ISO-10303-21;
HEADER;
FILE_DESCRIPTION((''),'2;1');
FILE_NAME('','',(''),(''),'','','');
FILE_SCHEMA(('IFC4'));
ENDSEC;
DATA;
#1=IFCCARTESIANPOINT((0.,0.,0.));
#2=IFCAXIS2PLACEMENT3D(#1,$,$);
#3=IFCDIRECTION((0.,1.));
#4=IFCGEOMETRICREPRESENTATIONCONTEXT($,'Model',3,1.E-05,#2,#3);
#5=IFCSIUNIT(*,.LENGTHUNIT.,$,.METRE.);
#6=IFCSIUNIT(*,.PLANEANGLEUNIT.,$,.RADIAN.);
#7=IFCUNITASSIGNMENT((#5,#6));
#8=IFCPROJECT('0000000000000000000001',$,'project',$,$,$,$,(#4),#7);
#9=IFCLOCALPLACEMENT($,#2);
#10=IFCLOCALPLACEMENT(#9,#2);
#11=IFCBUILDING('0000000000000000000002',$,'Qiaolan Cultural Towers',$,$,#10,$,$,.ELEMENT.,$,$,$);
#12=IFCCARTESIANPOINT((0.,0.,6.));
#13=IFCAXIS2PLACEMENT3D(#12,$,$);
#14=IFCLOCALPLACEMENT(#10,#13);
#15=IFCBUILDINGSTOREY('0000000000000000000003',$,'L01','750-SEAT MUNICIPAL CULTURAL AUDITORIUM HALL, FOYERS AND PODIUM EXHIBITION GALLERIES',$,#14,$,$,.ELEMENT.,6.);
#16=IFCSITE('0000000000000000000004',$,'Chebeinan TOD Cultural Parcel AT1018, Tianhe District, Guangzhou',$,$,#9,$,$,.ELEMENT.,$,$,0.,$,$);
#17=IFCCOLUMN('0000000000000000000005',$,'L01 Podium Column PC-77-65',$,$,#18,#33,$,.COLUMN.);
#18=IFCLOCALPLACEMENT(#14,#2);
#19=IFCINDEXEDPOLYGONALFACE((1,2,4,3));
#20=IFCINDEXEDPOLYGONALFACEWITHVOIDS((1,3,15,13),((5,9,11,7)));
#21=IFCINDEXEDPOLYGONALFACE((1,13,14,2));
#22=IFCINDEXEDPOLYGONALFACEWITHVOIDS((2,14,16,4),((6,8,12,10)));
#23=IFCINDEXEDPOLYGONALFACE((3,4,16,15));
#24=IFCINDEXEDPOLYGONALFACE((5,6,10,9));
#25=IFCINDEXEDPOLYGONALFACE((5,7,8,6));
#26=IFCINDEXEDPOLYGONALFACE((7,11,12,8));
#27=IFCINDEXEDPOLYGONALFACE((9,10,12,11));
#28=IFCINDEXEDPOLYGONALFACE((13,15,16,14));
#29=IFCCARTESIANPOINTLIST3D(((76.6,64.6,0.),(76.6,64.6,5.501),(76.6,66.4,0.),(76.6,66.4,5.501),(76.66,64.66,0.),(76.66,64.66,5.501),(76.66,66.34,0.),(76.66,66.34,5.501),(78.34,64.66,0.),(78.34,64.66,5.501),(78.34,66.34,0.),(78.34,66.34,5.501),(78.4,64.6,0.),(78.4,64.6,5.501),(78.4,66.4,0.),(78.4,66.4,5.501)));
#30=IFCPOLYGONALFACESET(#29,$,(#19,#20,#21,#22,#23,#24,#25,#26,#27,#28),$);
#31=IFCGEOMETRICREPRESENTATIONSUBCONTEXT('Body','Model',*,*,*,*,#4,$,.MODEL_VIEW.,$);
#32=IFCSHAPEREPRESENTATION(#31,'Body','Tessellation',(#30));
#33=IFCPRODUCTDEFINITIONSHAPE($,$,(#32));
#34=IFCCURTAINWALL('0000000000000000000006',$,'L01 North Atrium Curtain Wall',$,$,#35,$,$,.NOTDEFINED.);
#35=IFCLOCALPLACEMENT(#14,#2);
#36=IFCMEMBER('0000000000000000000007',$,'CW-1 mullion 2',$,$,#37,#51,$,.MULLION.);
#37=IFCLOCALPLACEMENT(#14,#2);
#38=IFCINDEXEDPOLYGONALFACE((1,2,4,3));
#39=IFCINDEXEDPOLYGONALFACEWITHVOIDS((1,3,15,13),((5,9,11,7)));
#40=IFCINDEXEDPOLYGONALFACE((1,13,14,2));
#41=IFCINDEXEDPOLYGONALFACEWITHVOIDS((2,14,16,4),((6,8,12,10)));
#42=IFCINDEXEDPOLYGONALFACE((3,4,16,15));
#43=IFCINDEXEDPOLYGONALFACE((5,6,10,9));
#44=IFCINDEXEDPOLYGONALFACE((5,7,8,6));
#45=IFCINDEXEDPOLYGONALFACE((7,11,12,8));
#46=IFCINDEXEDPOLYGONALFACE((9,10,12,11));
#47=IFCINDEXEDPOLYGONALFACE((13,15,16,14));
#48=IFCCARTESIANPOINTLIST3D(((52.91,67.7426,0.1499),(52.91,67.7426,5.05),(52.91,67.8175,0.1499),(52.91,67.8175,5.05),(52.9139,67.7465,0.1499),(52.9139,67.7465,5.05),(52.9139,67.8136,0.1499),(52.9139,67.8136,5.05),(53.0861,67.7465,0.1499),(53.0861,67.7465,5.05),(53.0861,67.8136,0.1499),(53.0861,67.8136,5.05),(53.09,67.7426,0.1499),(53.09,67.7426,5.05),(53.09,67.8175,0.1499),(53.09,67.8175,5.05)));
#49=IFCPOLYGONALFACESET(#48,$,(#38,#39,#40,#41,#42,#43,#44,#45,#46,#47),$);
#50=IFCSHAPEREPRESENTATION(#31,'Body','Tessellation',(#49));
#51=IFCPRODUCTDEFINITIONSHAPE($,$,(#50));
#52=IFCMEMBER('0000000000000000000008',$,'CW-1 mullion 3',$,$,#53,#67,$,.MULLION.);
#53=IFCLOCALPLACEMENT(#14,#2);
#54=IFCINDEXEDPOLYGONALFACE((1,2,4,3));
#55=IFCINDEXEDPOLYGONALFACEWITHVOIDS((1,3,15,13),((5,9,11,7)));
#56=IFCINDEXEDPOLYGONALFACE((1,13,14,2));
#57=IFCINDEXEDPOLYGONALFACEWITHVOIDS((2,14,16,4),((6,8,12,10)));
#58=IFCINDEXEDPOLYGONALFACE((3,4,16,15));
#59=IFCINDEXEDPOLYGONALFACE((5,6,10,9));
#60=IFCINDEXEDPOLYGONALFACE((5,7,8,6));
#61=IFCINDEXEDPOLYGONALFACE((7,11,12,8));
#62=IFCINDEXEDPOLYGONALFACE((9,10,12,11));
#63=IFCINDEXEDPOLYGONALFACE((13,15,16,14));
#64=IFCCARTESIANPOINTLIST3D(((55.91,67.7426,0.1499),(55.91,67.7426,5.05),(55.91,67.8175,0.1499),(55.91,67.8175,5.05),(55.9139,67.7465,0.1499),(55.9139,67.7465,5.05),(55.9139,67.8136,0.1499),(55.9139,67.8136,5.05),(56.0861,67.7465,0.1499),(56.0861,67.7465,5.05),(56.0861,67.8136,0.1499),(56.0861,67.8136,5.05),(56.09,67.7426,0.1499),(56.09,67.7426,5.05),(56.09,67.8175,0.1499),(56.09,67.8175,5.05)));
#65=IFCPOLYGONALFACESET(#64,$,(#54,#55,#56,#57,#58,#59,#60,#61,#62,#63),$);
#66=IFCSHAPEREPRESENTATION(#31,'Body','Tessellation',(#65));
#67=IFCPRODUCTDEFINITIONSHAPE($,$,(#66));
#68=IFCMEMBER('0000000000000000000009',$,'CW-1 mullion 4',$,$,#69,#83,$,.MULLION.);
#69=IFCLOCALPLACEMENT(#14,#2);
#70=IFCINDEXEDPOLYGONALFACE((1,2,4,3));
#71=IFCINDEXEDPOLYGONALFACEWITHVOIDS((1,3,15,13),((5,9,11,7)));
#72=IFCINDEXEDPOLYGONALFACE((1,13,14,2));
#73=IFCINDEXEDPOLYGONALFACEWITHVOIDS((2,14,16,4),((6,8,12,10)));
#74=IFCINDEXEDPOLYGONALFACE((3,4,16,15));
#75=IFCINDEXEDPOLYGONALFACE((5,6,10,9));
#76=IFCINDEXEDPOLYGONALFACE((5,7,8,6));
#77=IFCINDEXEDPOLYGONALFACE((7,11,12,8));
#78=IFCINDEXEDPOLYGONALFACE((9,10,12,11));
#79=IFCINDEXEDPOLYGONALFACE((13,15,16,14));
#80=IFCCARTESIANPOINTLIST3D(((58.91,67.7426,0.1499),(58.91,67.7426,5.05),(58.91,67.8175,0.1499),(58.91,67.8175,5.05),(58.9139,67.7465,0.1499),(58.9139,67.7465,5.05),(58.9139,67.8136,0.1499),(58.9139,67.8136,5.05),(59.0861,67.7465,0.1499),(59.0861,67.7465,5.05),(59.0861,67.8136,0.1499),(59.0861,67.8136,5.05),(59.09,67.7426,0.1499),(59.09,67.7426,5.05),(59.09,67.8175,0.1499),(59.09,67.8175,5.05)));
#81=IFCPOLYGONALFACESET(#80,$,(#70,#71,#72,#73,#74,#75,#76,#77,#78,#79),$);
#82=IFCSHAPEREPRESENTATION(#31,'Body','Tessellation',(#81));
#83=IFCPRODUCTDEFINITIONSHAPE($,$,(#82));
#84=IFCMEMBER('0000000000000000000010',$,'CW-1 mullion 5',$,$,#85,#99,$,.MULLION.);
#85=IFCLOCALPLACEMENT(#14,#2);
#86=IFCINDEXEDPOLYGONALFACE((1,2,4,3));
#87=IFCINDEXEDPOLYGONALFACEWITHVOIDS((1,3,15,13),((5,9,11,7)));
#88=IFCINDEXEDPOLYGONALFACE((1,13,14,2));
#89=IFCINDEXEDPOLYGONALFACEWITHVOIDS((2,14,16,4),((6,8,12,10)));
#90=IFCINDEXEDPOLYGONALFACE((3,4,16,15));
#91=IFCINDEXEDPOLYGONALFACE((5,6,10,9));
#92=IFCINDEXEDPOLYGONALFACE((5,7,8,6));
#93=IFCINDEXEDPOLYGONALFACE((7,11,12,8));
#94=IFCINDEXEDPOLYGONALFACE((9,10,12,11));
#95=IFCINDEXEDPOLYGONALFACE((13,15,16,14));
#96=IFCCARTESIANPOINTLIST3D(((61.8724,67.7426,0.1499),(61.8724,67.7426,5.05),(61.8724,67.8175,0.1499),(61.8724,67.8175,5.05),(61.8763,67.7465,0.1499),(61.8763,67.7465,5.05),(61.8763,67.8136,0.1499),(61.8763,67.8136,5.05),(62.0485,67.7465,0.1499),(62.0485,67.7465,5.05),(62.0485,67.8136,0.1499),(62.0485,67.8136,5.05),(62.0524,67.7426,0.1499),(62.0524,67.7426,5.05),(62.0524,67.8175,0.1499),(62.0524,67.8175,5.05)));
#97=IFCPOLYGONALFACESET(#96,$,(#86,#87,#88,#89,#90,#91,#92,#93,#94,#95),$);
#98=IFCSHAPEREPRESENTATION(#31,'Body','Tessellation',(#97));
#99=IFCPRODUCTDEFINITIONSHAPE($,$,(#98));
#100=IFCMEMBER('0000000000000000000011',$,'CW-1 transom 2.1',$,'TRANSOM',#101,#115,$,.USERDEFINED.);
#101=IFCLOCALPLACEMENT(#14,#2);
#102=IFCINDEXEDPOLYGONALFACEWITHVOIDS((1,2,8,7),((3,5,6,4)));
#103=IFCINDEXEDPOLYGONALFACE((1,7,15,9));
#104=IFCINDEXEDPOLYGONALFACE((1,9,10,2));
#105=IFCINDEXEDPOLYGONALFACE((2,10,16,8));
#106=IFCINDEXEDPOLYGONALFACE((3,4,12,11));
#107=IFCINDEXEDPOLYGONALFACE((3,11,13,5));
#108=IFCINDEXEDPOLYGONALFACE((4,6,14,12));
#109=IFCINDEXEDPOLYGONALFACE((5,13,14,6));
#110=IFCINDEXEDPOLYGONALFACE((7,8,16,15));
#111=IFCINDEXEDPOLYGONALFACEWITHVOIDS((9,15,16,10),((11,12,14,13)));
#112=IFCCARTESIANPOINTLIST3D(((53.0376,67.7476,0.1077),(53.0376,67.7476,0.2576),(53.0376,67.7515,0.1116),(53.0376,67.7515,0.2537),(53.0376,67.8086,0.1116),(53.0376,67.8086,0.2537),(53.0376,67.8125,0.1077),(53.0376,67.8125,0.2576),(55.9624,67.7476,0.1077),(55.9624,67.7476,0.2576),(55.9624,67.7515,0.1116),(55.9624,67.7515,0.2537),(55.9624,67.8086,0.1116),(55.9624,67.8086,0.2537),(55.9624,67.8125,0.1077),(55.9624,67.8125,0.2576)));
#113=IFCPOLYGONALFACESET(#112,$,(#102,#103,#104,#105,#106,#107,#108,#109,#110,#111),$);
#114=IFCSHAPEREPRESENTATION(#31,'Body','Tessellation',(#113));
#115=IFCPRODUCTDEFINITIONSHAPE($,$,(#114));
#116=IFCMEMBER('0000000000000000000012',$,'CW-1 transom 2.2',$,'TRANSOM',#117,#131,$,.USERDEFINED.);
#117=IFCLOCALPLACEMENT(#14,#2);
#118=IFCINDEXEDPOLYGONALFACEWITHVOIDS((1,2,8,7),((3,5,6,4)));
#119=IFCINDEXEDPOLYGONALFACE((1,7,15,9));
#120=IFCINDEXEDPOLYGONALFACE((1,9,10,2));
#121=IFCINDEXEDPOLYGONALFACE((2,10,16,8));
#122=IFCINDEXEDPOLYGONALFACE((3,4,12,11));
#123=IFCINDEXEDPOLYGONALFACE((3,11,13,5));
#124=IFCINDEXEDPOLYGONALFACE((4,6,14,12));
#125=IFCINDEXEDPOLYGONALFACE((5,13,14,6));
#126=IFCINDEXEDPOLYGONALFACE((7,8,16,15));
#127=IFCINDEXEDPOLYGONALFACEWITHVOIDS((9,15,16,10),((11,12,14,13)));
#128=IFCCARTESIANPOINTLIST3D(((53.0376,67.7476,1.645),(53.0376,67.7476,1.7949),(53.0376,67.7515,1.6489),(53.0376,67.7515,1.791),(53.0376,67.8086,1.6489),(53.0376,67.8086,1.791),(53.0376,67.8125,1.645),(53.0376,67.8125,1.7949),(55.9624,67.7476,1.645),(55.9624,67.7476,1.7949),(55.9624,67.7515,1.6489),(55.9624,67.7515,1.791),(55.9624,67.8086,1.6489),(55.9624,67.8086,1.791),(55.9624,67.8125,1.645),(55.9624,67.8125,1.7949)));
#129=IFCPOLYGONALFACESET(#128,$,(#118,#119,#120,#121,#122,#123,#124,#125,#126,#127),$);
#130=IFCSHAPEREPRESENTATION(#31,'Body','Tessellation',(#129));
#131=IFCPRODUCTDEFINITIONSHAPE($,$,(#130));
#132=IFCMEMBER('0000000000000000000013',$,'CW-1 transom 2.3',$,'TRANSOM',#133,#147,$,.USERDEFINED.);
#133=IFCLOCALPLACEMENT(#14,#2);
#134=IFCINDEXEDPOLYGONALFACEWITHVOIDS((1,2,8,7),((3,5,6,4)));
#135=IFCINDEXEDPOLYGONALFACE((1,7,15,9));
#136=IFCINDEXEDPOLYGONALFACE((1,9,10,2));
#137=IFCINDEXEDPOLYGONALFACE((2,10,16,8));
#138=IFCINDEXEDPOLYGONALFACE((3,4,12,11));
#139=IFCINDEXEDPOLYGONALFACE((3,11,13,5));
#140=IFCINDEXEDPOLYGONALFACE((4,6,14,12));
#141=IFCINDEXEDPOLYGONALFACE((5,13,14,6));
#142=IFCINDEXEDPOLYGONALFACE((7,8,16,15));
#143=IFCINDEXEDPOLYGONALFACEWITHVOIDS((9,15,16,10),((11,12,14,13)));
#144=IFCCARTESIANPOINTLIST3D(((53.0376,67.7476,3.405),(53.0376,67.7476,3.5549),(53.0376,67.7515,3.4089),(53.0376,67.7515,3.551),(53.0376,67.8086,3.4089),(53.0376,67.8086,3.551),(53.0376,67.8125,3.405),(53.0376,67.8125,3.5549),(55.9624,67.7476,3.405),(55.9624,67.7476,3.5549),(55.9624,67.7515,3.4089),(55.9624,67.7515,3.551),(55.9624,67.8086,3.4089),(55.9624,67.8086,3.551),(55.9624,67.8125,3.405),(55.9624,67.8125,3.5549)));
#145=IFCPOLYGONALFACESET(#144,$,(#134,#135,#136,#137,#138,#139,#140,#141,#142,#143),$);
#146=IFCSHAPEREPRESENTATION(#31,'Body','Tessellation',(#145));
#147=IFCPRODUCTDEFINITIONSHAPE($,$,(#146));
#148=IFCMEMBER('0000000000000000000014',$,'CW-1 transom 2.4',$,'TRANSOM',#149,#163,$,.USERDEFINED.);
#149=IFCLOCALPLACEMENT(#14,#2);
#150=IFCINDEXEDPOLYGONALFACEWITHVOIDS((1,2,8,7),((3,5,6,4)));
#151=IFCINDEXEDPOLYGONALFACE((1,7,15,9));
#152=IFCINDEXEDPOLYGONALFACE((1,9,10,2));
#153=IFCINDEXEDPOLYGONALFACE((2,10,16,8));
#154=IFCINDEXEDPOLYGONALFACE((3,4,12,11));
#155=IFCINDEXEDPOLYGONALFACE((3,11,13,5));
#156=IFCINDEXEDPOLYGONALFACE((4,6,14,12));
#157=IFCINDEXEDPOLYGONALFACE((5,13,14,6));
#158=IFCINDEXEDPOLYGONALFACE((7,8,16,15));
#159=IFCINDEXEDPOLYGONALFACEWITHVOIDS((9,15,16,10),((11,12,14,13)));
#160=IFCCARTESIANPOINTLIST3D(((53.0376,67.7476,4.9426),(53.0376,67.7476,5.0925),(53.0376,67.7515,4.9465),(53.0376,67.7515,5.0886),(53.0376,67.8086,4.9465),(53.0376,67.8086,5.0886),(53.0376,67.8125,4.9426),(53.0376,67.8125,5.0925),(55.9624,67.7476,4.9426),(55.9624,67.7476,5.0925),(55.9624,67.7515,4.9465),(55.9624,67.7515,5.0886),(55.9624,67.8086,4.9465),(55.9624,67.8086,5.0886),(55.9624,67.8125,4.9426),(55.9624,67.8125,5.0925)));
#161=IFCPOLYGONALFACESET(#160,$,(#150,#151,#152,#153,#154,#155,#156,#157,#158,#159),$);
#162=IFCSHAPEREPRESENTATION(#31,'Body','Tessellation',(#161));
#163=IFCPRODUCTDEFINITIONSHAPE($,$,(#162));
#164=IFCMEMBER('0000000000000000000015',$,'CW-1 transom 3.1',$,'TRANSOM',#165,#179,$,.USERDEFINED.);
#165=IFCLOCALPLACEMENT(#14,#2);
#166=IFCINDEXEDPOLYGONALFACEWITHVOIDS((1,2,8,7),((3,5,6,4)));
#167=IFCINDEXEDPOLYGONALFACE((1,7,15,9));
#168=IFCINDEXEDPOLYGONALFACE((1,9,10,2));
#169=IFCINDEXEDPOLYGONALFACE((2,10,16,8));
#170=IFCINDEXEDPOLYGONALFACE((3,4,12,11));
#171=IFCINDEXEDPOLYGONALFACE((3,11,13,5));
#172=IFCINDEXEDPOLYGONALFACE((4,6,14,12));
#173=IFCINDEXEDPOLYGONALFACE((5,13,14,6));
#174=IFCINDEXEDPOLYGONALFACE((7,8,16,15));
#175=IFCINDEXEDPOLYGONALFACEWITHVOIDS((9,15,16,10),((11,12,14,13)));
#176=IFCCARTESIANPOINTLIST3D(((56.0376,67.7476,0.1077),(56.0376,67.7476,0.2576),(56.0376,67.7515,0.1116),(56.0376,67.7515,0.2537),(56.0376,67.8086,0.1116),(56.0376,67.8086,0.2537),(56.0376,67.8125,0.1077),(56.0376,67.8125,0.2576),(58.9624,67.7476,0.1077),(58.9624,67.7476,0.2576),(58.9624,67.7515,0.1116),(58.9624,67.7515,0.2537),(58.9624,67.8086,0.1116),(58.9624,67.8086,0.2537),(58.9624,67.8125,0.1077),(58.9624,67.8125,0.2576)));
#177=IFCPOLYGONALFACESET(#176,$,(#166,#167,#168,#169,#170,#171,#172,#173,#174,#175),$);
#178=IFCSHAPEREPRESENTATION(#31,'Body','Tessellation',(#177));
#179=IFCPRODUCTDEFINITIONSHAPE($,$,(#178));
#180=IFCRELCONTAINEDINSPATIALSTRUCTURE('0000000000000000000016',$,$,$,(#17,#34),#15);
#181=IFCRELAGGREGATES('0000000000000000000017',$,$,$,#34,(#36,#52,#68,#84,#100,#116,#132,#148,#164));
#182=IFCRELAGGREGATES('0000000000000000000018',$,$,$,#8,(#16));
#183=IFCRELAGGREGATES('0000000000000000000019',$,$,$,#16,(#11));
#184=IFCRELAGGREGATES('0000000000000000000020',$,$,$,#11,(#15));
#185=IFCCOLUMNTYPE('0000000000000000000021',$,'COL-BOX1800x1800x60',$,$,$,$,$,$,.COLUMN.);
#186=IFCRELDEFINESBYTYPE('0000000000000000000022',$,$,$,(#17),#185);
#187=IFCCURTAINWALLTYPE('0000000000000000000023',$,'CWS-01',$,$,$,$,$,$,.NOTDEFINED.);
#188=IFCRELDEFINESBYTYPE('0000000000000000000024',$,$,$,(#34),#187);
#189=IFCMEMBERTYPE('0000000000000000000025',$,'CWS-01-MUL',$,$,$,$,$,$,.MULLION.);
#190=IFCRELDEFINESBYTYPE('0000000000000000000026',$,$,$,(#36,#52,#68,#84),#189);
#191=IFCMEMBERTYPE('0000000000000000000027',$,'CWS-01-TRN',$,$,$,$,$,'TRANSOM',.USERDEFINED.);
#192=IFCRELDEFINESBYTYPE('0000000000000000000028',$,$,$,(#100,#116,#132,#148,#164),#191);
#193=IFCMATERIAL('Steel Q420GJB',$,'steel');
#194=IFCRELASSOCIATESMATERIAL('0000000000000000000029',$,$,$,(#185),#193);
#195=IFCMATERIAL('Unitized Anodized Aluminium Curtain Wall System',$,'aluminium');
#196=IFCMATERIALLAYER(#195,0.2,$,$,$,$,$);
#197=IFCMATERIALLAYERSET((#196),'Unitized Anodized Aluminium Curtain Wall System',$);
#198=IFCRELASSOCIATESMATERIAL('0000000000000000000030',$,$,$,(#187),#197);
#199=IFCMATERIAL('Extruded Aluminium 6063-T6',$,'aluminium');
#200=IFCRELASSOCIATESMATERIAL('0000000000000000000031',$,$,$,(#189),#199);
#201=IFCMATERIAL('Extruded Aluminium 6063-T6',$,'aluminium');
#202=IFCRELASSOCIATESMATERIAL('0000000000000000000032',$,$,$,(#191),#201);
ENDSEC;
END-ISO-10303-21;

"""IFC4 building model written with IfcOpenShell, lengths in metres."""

from ifc_helpers import new_model, si_unit, direction, frame, origin, origin_2d, place, context, subcontext, project, spatial, hollow_rectangle, extrude, material, layer, layer_set, material_profile, profile_set, type_object, element, aggregate, save


model = new_model("IFC4")

# Units and contexts
model_context = context("Model", 3, precision=1e-05, world=origin(), true_north=direction((0.0, 1.0)))
body_context = subcontext(model_context, "Body", "Model", "MODEL_VIEW")
ifc_project = project(units=[si_unit("LENGTHUNIT", "METRE"), si_unit("PLANEANGLEUNIT", "RADIAN")], contexts=[model_context])

# Site, building, storey
site_placement = place(None, origin())
site = spatial("IfcSite", under=ifc_project, at=site_placement, Name="Chebeinan TOD Cultural Parcel AT1018, Tianhe District, Guangzhou", CompositionType="ELEMENT", RefElevation=0.0)
building_placement = place(site_placement, origin())
building = spatial("IfcBuilding", under=site, at=building_placement, Name="Qiaolan Cultural Towers", CompositionType="ELEMENT")
storey_placement = place(building_placement, frame((0.0, 0.0, 6.0)))
storey = spatial("IfcBuildingStorey", under=building, at=storey_placement, Name="L01", Description="750-SEAT MUNICIPAL CULTURAL AUDITORIUM HALL, FOYERS AND PODIUM EXHIBITION GALLERIES", CompositionType="ELEMENT", Elevation=6.0)

# Column
ifc_material_1 = material(Name="Steel Q420GJB", Category="steel")
ifc_material_profile_1 = material_profile(ifc_material_1, hollow_rectangle(XDim=1.8, YDim=1.8, WallThickness=0.0601, at=origin_2d()), Name="BOX1800x1800x60")
ifc_profile_set_1 = profile_set([ifc_material_profile_1], Name="Steel Q420GJB")
column_type = type_object("IfcColumnType", Name="COL-BOX1800x1800x60", PredefinedType="COLUMN", material=ifc_profile_set_1)
column_placement = place(storey_placement, frame((77.5, 65.5, 0.0), z_axis=(0.0, 0.0, 1.0), x_axis=(1.0, 0.0, 0.0)))
element("IfcColumn", 1, at=column_placement, inside=storey, type_object=column_type, Name="L01 Podium Column PC-77-65", PredefinedType="COLUMN", context=body_context, shape_type="SweptSolid", body=[
    extrude(hollow_rectangle(XDim=1.8, YDim=1.8, WallThickness=0.0601, at=origin_2d()), origin(), (0.0, 0.0, 1.0), 5.501),
])

# Curtain wall, members
ifc_material_2 = material(Name="Unitized Anodized Aluminium Curtain Wall System", Category="aluminium")
ifc_layer_1 = layer(ifc_material_2, 0.2)
ifc_layer_set_1 = layer_set([ifc_layer_1], Name="Unitized Anodized Aluminium Curtain Wall System")
curtain_wall_type = type_object("IfcCurtainWallType", Name="CWS-01", PredefinedType="NOTDEFINED", material=ifc_layer_set_1)
curtain_wall_placement = place(storey_placement, origin())
curtain_wall = element("IfcCurtainWall", 2, at=curtain_wall_placement, inside=storey, type_object=curtain_wall_type, Name="L01 North Atrium Curtain Wall", PredefinedType="NOTDEFINED")
ifc_material_3 = material(Name="Extruded Aluminium 6063-T6", Category="aluminium")
ifc_material_profile_2 = material_profile(ifc_material_3, hollow_rectangle(XDim=0.075, YDim=0.1799, WallThickness=0.0039, at=origin_2d()), Name="CWM-180x75x4")
ifc_profile_set_2 = profile_set([ifc_material_profile_2], Name="Extruded Aluminium 6063-T6")
member_type_1 = type_object("IfcMemberType", Name="CWS-01-MUL", PredefinedType="MULLION", material=ifc_profile_set_2)
member_1_placement = place(storey_placement, frame((53.0, 67.78, 0.1499), z_axis=(0.0, 0.0, 1.0), x_axis=(0.0, 1.0, 0.0)))
member_1 = element("IfcMember", 3, at=member_1_placement, type_object=member_type_1, Name="CW-1 mullion 2", PredefinedType="MULLION", context=body_context, shape_type="SweptSolid", body=[
    extrude(hollow_rectangle(XDim=0.075, YDim=0.1799, WallThickness=0.0039, at=origin_2d()), origin(), (0.0, 0.0, 1.0), 4.9001),
])
member_2_placement = place(storey_placement, frame((56.0, 67.78, 0.1499), z_axis=(0.0, 0.0, 1.0), x_axis=(0.0, 1.0, 0.0)))
member_2 = element("IfcMember", 4, at=member_2_placement, type_object=member_type_1, Name="CW-1 mullion 3", PredefinedType="MULLION", context=body_context, shape_type="SweptSolid", body=[
    extrude(hollow_rectangle(XDim=0.075, YDim=0.1799, WallThickness=0.0039, at=origin_2d()), origin(), (0.0, 0.0, 1.0), 4.9001),
])
member_3_placement = place(storey_placement, frame((59.0, 67.78, 0.1499), z_axis=(0.0, 0.0, 1.0), x_axis=(0.0, 1.0, 0.0)))
member_3 = element("IfcMember", 5, at=member_3_placement, type_object=member_type_1, Name="CW-1 mullion 4", PredefinedType="MULLION", context=body_context, shape_type="SweptSolid", body=[
    extrude(hollow_rectangle(XDim=0.075, YDim=0.1799, WallThickness=0.0039, at=origin_2d()), origin(), (0.0, 0.0, 1.0), 4.9001),
])
member_4_placement = place(storey_placement, frame((61.9624, 67.78, 0.1499), z_axis=(0.0, 0.0, 1.0), x_axis=(0.0, 1.0, 0.0)))
member_4 = element("IfcMember", 6, at=member_4_placement, type_object=member_type_1, Name="CW-1 mullion 5", PredefinedType="MULLION", context=body_context, shape_type="SweptSolid", body=[
    extrude(hollow_rectangle(XDim=0.075, YDim=0.1799, WallThickness=0.0039, at=origin_2d()), origin(), (0.0, 0.0, 1.0), 4.9001),
])
ifc_material_4 = material(Name="Extruded Aluminium 6063-T6", Category="aluminium")
ifc_material_profile_3 = material_profile(ifc_material_4, hollow_rectangle(XDim=0.0649, YDim=0.1499, WallThickness=0.0039, at=origin_2d()), Name="CWT-150x65x4")
ifc_profile_set_3 = profile_set([ifc_material_profile_3], Name="Extruded Aluminium 6063-T6")
member_type_2 = type_object("IfcMemberType", Name="CWS-01-TRN", ElementType="TRANSOM", PredefinedType="USERDEFINED", material=ifc_profile_set_3)
member_5_placement = place(storey_placement, frame((53.0376, 67.78, 0.1826), z_axis=(1.0, 0.0, 0.0), x_axis=(0.0, 1.0, 0.0)))
member_5 = element("IfcMember", 7, at=member_5_placement, type_object=member_type_2, Name="CW-1 transom 2.1", ObjectType="TRANSOM", PredefinedType="USERDEFINED", context=body_context, shape_type="SweptSolid", body=[
    extrude(hollow_rectangle(XDim=0.0649, YDim=0.1499, WallThickness=0.0039, at=origin_2d()), origin(), (0.0, 0.0, 1.0), 2.9248),
])
member_6_placement = place(storey_placement, frame((53.0376, 67.78, 1.72), z_axis=(1.0, 0.0, 0.0), x_axis=(0.0, 1.0, 0.0)))
member_6 = element("IfcMember", 8, at=member_6_placement, type_object=member_type_2, Name="CW-1 transom 2.2", ObjectType="TRANSOM", PredefinedType="USERDEFINED", context=body_context, shape_type="SweptSolid", body=[
    extrude(hollow_rectangle(XDim=0.0649, YDim=0.1499, WallThickness=0.0039, at=origin_2d()), origin(), (0.0, 0.0, 1.0), 2.9248),
])
member_7_placement = place(storey_placement, frame((53.0376, 67.78, 3.48), z_axis=(1.0, 0.0, 0.0), x_axis=(0.0, 1.0, 0.0)))
member_7 = element("IfcMember", 9, at=member_7_placement, type_object=member_type_2, Name="CW-1 transom 2.3", ObjectType="TRANSOM", PredefinedType="USERDEFINED", context=body_context, shape_type="SweptSolid", body=[
    extrude(hollow_rectangle(XDim=0.0649, YDim=0.1499, WallThickness=0.0039, at=origin_2d()), origin(), (0.0, 0.0, 1.0), 2.9248),
])
member_8_placement = place(storey_placement, frame((53.0376, 67.78, 5.0176), z_axis=(1.0, 0.0, 0.0), x_axis=(0.0, 1.0, 0.0)))
member_8 = element("IfcMember", 10, at=member_8_placement, type_object=member_type_2, Name="CW-1 transom 2.4", ObjectType="TRANSOM", PredefinedType="USERDEFINED", context=body_context, shape_type="SweptSolid", body=[
    extrude(hollow_rectangle(XDim=0.0649, YDim=0.1499, WallThickness=0.0039, at=origin_2d()), origin(), (0.0, 0.0, 1.0), 2.9248),
])
member_9_placement = place(storey_placement, frame((56.0376, 67.78, 0.1826), z_axis=(1.0, 0.0, 0.0), x_axis=(0.0, 1.0, 0.0)))
member_9 = element("IfcMember", 11, at=member_9_placement, type_object=member_type_2, Name="CW-1 transom 3.1", ObjectType="TRANSOM", PredefinedType="USERDEFINED", context=body_context, shape_type="SweptSolid", body=[
    extrude(hollow_rectangle(XDim=0.0649, YDim=0.1499, WallThickness=0.0039, at=origin_2d()), origin(), (0.0, 0.0, 1.0), 2.9248),
])
aggregate(curtain_wall, [member_1, member_2, member_3, member_4, member_5, member_6, member_7, member_8, member_9])

save(model, "model.ifc")
